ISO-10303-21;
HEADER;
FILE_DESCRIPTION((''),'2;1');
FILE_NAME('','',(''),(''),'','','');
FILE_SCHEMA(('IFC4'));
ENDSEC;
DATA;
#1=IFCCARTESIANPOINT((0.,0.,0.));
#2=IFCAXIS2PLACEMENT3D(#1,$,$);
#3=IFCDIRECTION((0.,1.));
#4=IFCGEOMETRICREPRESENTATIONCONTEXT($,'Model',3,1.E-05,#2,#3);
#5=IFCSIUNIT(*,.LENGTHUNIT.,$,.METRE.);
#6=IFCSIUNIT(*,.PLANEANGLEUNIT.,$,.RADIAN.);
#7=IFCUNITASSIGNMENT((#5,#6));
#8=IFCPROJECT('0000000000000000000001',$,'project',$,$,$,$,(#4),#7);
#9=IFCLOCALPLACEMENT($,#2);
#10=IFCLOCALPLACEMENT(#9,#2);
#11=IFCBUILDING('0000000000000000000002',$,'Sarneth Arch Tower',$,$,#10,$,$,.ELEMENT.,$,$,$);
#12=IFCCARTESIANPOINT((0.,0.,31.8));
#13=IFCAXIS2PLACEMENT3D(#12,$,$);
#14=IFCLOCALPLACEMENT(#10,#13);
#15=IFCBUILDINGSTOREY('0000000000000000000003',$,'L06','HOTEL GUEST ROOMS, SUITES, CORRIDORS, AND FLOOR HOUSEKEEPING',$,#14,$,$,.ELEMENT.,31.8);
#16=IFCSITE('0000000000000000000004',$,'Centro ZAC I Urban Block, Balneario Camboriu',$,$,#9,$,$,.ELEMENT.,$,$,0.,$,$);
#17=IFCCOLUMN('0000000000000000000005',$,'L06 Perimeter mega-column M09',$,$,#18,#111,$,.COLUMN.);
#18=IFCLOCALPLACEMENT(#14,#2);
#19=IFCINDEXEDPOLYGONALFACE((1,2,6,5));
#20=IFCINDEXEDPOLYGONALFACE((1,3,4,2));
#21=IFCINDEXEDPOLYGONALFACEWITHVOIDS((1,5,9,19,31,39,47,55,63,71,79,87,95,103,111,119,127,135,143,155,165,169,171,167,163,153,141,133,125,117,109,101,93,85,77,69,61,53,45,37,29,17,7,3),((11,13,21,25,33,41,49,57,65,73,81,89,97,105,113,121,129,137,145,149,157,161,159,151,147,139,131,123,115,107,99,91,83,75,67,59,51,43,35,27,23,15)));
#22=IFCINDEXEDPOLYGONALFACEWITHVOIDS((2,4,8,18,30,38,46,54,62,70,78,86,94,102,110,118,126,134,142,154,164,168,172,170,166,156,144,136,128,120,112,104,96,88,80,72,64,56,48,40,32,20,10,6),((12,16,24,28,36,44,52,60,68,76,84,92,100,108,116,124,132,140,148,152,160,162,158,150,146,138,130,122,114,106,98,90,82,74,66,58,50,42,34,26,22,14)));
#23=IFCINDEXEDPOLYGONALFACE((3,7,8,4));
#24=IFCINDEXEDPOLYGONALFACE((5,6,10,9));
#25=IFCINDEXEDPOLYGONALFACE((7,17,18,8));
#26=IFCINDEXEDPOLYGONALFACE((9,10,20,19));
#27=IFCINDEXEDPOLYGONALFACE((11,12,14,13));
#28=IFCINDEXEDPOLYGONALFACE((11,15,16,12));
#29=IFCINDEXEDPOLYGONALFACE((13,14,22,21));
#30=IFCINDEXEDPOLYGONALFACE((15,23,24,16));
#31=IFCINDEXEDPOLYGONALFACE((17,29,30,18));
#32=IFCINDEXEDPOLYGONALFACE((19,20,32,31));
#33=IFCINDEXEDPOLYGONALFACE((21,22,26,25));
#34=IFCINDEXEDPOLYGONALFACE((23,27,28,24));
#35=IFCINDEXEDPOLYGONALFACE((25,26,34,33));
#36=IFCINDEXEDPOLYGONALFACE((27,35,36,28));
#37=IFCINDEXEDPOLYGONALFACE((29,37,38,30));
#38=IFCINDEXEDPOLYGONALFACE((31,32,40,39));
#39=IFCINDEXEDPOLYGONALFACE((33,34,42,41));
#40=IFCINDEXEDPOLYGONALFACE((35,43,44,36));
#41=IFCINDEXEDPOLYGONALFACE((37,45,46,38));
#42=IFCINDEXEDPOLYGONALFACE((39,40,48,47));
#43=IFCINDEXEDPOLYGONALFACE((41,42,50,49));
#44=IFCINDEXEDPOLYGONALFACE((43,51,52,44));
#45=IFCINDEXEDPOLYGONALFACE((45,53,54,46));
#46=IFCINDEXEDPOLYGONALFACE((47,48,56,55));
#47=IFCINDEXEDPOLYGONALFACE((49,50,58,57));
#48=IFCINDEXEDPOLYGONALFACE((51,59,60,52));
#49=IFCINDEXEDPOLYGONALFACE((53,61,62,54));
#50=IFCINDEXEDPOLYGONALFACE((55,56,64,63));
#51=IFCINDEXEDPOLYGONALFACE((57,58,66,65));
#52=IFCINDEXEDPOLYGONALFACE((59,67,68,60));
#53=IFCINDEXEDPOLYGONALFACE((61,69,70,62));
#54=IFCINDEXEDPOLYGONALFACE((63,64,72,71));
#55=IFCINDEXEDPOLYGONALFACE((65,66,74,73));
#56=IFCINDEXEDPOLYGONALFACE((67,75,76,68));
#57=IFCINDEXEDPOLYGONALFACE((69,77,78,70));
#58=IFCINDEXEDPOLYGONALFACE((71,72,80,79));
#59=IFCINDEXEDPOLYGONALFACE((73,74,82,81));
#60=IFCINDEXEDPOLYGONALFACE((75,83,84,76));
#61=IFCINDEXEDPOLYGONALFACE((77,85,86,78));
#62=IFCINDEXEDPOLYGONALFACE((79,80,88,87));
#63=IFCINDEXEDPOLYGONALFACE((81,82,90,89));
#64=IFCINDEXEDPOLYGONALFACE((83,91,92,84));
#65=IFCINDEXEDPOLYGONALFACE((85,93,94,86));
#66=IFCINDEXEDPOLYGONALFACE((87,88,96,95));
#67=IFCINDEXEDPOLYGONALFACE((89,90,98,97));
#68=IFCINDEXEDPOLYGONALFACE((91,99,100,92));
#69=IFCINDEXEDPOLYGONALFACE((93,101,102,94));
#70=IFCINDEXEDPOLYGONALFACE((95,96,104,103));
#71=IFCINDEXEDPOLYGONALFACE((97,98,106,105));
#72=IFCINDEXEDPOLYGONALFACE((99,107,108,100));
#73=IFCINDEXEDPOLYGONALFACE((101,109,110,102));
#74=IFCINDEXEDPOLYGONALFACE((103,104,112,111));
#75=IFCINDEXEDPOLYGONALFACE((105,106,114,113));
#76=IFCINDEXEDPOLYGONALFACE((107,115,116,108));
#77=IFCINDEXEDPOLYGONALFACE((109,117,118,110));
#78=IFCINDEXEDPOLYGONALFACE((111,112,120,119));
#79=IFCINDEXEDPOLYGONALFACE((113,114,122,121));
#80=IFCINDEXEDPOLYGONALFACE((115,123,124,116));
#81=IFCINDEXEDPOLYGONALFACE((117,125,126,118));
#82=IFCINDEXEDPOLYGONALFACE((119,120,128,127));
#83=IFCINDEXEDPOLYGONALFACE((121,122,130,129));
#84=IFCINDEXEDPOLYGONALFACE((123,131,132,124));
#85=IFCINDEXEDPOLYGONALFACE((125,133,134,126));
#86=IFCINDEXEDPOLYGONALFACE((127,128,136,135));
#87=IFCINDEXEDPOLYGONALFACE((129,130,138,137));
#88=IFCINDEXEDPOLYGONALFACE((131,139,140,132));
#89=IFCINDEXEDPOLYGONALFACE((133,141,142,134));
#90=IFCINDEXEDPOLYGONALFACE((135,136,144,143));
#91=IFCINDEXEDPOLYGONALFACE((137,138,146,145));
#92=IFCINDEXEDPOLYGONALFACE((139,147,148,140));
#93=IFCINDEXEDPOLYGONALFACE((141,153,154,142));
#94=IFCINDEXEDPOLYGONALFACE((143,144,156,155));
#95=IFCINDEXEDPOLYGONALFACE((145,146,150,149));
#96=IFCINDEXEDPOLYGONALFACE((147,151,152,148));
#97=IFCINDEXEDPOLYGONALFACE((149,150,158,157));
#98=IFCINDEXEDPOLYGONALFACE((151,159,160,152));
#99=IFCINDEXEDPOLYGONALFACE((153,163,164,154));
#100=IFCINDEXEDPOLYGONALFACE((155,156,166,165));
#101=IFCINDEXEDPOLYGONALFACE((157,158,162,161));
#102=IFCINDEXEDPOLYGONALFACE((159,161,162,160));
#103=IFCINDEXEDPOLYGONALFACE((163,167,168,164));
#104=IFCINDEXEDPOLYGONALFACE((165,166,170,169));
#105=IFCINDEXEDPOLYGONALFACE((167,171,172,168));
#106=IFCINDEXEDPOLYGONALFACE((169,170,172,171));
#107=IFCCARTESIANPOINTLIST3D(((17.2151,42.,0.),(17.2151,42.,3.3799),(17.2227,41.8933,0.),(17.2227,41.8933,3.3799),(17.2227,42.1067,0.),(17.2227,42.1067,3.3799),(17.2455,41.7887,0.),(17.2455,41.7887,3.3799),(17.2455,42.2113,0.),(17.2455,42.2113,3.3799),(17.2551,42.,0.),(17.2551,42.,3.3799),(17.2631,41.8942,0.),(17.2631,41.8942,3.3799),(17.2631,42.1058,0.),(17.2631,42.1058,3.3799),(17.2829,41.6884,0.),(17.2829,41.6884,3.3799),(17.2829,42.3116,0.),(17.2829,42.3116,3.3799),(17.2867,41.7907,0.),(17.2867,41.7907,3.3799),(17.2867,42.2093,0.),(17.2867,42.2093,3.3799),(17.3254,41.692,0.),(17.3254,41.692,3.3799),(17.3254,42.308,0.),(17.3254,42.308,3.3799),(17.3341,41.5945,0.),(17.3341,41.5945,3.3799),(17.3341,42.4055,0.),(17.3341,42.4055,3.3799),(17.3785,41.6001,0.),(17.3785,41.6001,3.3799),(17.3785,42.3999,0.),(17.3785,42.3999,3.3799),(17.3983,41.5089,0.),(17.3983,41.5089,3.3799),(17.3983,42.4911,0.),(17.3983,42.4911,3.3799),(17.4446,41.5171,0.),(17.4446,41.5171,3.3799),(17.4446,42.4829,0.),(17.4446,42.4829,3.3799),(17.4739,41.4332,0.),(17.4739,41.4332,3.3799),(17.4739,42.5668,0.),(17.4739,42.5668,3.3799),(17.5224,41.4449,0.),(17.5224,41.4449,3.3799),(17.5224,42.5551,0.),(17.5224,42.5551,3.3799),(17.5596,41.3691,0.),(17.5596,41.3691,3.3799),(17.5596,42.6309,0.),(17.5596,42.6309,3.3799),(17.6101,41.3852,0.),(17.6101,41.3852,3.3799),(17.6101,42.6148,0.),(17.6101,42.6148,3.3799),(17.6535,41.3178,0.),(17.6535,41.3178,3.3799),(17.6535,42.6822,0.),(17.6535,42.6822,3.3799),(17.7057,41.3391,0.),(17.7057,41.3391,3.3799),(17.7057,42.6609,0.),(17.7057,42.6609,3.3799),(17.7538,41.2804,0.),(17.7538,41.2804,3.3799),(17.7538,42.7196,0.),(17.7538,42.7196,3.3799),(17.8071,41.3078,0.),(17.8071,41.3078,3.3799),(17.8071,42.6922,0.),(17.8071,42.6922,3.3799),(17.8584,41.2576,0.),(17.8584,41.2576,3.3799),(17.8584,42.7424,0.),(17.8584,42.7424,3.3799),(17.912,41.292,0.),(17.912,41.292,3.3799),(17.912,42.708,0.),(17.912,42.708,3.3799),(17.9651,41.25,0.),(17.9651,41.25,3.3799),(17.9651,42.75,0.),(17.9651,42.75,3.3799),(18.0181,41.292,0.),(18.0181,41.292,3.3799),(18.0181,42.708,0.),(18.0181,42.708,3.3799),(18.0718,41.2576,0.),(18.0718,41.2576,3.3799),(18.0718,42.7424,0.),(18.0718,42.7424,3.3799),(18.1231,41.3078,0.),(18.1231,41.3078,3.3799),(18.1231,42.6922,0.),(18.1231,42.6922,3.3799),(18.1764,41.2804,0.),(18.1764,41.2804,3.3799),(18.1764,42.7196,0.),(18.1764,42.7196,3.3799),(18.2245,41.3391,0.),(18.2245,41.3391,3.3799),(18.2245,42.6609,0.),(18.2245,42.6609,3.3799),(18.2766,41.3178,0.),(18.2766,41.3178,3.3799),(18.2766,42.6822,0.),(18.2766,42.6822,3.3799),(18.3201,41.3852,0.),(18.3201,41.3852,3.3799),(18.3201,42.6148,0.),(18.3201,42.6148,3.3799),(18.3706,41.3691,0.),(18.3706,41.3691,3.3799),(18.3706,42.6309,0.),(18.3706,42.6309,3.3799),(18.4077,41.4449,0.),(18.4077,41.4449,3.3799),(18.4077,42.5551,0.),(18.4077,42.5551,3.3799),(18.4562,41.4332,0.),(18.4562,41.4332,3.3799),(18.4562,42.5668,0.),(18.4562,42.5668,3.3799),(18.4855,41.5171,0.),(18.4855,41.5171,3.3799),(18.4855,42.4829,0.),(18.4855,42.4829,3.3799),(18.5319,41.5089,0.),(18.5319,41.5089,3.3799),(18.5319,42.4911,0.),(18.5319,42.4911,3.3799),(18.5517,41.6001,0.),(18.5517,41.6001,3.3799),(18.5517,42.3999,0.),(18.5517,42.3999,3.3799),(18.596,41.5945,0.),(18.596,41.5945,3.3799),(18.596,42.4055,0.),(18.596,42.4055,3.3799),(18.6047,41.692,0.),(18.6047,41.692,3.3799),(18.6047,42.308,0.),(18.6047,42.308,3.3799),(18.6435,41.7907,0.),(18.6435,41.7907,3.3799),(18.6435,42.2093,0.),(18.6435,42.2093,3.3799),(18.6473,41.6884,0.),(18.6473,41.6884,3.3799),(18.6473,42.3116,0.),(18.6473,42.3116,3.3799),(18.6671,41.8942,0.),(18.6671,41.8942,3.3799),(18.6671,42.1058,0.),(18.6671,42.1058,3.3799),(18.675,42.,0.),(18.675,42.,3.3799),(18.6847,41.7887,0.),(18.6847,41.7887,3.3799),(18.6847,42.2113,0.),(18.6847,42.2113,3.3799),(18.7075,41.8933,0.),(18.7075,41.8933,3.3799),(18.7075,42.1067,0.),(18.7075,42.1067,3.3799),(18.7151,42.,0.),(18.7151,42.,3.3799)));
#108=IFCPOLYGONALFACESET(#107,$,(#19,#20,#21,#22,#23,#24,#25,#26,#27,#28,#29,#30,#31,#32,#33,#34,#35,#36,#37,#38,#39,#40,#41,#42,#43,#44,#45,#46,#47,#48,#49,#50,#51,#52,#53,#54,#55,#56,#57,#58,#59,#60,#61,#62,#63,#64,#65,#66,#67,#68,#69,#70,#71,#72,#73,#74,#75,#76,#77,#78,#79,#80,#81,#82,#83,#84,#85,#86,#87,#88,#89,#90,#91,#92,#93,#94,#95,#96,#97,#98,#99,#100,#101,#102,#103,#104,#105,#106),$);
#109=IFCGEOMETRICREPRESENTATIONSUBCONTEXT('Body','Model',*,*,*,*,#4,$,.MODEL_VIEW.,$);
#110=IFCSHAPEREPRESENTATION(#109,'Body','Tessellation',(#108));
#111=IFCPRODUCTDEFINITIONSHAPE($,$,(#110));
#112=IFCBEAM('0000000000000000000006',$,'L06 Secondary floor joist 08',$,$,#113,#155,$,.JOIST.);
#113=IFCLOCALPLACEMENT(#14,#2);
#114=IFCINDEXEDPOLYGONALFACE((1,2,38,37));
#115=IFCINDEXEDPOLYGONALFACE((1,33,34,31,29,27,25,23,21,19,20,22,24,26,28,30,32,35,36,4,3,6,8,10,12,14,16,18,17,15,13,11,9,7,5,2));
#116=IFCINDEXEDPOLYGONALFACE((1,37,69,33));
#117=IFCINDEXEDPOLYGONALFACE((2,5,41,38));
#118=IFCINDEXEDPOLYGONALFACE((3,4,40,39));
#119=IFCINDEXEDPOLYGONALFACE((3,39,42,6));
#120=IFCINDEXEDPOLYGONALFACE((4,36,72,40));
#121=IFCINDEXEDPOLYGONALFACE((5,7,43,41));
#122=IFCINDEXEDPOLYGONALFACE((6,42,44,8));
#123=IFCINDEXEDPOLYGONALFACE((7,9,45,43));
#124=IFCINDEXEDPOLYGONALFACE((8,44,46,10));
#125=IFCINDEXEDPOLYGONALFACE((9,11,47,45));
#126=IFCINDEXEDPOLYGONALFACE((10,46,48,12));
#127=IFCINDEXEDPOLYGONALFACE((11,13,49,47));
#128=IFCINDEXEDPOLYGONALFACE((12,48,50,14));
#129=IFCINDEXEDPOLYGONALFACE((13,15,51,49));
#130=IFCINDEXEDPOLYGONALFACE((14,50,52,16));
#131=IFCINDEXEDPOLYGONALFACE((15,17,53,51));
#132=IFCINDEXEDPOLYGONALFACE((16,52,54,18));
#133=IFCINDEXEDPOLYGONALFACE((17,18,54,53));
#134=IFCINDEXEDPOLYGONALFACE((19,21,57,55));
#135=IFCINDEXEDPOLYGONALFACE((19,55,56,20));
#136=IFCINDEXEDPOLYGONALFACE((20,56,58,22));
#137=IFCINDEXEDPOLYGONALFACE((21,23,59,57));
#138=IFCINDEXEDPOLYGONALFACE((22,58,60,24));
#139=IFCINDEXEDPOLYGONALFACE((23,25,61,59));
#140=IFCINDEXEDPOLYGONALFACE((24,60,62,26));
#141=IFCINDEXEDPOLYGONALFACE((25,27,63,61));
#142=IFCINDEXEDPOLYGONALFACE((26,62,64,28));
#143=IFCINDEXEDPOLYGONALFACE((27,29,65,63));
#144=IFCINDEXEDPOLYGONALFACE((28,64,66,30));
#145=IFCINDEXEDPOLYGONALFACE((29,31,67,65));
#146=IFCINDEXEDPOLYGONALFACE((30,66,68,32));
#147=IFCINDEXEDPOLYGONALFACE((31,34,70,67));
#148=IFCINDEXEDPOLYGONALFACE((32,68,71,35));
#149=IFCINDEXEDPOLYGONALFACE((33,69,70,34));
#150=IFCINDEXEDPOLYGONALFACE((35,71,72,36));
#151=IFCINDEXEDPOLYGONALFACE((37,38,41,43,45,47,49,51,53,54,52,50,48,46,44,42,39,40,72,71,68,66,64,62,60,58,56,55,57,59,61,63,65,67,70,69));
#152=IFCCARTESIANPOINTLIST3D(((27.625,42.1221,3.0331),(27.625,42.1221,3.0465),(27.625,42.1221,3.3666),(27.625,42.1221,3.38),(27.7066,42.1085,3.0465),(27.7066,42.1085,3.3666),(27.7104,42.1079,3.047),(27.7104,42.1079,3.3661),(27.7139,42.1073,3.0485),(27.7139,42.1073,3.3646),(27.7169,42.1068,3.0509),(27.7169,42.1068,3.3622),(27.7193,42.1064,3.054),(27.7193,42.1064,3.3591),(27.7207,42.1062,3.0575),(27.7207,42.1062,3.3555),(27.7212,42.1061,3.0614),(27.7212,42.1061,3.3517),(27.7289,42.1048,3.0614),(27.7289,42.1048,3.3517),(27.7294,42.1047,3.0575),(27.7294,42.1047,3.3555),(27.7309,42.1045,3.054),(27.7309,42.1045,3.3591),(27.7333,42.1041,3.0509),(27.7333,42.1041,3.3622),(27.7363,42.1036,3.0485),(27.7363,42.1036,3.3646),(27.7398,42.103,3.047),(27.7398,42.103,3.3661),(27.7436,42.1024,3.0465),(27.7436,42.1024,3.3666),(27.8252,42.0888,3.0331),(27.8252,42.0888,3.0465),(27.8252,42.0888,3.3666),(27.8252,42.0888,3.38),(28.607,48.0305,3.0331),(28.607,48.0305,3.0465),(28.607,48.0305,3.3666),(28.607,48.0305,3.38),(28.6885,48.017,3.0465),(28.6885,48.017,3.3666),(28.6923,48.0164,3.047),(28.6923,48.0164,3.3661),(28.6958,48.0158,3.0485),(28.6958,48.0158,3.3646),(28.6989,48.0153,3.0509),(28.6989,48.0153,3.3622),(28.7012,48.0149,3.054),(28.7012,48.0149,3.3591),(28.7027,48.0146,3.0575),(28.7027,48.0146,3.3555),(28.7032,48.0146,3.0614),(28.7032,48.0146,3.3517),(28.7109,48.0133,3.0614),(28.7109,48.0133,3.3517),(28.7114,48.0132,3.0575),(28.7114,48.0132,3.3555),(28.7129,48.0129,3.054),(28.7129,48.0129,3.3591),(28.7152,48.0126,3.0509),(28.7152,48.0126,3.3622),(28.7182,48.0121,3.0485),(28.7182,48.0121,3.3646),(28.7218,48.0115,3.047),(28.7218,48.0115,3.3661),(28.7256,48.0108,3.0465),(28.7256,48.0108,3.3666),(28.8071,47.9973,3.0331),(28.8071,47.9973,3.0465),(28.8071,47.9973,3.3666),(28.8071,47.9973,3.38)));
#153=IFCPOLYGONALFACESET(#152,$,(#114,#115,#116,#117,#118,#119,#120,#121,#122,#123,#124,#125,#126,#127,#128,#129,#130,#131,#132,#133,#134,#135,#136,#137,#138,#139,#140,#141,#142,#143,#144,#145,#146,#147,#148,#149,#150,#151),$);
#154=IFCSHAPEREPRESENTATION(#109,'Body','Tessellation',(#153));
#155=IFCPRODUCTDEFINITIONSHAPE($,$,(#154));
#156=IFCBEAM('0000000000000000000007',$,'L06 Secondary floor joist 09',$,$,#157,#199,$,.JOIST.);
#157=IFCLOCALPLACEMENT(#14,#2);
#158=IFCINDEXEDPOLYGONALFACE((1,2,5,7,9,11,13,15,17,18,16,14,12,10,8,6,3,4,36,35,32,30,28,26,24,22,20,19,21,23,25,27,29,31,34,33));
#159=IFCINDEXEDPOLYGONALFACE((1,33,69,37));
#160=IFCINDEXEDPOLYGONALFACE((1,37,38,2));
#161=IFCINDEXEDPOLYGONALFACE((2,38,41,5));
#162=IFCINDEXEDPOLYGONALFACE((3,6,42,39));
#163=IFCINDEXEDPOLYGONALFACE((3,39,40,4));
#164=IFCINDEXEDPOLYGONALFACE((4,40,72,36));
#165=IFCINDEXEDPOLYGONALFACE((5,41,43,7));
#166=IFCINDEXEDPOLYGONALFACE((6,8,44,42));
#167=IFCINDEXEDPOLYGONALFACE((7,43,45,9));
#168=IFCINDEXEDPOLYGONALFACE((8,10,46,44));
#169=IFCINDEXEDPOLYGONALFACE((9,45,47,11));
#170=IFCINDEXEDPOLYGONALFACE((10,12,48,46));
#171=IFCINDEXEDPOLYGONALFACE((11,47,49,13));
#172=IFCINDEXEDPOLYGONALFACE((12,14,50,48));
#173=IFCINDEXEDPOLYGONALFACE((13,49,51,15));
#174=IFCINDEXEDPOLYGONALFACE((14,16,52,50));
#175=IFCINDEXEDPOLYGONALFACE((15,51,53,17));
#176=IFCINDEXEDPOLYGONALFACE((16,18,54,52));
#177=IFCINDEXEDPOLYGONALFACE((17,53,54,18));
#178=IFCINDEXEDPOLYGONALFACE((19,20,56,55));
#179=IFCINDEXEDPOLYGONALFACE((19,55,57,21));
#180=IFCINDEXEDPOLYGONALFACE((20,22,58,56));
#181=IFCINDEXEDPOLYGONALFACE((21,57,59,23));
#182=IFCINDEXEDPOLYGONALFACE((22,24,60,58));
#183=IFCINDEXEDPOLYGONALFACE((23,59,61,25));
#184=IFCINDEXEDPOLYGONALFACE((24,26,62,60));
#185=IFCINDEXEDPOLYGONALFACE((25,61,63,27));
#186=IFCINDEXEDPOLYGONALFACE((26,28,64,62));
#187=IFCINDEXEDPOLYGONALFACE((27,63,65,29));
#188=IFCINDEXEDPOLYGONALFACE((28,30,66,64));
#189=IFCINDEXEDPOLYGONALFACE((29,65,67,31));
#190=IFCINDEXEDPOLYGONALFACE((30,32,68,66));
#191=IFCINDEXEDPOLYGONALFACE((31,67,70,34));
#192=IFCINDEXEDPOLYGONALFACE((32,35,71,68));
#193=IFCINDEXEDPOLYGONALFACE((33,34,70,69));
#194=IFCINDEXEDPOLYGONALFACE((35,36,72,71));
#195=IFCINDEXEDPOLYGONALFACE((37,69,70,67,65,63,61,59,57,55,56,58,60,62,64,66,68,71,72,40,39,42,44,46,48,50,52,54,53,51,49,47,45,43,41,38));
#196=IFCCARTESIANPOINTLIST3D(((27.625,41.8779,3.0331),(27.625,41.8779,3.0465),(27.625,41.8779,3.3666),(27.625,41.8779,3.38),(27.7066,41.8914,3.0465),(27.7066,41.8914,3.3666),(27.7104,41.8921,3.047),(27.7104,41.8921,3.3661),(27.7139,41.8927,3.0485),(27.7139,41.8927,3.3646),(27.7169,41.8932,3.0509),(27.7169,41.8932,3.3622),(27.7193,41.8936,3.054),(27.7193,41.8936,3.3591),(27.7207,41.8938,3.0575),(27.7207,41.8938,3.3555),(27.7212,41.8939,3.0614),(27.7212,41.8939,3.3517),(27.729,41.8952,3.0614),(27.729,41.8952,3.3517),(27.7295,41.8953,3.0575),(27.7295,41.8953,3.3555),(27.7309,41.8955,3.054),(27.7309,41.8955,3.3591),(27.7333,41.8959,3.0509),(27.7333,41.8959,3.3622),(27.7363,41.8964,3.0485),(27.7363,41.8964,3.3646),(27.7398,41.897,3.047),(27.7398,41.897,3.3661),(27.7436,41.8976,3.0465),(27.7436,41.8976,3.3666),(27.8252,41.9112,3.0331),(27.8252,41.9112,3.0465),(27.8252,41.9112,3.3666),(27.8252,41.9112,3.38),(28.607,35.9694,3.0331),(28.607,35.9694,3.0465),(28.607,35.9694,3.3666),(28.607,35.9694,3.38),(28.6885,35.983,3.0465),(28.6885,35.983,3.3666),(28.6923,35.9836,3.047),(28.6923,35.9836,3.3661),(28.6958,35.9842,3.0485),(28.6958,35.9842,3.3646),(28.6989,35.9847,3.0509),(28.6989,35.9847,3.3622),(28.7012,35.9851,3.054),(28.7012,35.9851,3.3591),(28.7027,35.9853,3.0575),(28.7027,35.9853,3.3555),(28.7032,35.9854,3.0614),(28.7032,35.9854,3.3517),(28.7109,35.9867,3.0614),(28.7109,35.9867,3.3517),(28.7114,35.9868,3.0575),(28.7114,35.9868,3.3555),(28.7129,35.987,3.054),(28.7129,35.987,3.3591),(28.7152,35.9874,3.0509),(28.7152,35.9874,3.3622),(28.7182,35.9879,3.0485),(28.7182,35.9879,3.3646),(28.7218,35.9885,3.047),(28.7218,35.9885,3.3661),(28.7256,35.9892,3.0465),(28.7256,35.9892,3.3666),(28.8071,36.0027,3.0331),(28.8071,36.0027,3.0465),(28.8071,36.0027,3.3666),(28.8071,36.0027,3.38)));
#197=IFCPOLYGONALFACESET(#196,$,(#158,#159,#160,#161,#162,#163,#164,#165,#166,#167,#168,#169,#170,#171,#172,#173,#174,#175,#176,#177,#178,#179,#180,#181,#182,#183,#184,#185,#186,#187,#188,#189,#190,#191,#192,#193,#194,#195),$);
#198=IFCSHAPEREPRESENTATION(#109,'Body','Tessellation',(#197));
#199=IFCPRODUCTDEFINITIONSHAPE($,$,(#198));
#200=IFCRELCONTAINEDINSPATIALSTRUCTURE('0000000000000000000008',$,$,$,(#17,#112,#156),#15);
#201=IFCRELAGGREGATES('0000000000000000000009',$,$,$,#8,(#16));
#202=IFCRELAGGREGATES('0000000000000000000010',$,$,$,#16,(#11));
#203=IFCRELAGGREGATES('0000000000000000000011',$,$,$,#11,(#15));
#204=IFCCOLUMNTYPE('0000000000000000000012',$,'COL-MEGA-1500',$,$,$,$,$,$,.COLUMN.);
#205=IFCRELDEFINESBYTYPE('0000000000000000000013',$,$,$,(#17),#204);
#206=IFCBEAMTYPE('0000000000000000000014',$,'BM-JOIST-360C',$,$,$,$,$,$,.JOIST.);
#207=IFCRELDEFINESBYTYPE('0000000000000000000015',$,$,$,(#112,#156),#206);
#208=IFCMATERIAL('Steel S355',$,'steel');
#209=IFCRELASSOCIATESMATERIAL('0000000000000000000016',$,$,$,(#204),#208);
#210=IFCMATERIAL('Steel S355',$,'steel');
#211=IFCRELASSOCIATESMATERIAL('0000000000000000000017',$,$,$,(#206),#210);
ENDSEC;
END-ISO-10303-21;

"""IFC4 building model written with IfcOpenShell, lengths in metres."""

from ifc_helpers import new_model, si_unit, direction, frame, origin, origin_2d, place, context, subcontext, project, spatial, hollow_circle, i_section, extrude, material, material_profile, profile_set, type_object, element, save


model = new_model("IFC4")

# Units and contexts
model_context = context("Model", 3, precision=1e-05, world=origin(), true_north=direction((0.0, 1.0)))
body_context = subcontext(model_context, "Body", "Model", "MODEL_VIEW")
ifc_project = project(units=[si_unit("LENGTHUNIT", "METRE"), si_unit("PLANEANGLEUNIT", "RADIAN")], contexts=[model_context])

# Site, building, storey
site_placement = place(None, origin())
site = spatial("IfcSite", under=ifc_project, at=site_placement, Name="Centro ZAC I Urban Block, Balneario Camboriu", CompositionType="ELEMENT", RefElevation=0.0)
building_placement = place(site_placement, origin())
building = spatial("IfcBuilding", under=site, at=building_placement, Name="Sarneth Arch Tower", CompositionType="ELEMENT")
storey_placement = place(building_placement, frame((0.0, 0.0, 31.8)))
storey = spatial("IfcBuildingStorey", under=building, at=storey_placement, Name="L06", Description="HOTEL GUEST ROOMS, SUITES, CORRIDORS, AND FLOOR HOUSEKEEPING", CompositionType="ELEMENT", Elevation=31.8)

# Column
ifc_material_1 = material(Name="Steel S355", Category="steel")
ifc_material_profile_1 = material_profile(ifc_material_1, hollow_circle(Radius=0.75, WallThickness=0.04, at=origin_2d()), Name="CHS1500x40")
ifc_profile_set_1 = profile_set([ifc_material_profile_1], Name="Steel S355")
column_type = type_object("IfcColumnType", Name="COL-MEGA-1500", PredefinedType="COLUMN", material=ifc_profile_set_1)
for number, where, z_axis, x_axis, name in (
    (1, (17.9651, 42.0, 0.0), (0.0, 0.0, 1.0), (1.0, 0.0, 0.0), "L06 Perimeter mega-column M09"),
):
    element("IfcColumn", number, at=place(storey_placement, frame(where, z_axis=z_axis, x_axis=x_axis)), inside=storey, type_object=column_type, Name=name, PredefinedType="COLUMN", context=body_context, shape_type="SweptSolid", body=[
        extrude(hollow_circle(Radius=0.75, WallThickness=0.04, at=origin_2d()), origin(), (0.0, 0.0, 1.0), 3.3799),
    ])

# Beams
ifc_material_2 = material(Name="Steel S355", Category="steel")
ifc_material_profile_2 = material_profile(ifc_material_2, i_section(OverallWidth=0.2029, OverallDepth=0.3469, WebThickness=0.0078, FlangeThickness=0.0134, FilletRadius=0.0149, at=origin_2d()), Name="W360x64")
ifc_profile_set_2 = profile_set([ifc_material_profile_2], Name="Steel S355")
beam_type_1 = type_object("IfcBeamType", Name="BM-JOIST-360C", PredefinedType="JOIST", material=ifc_profile_set_2)
for number, where, z_axis, x_axis, name in (
    (2, (28.707, 48.0139, 3.2065), (-0.163943, -0.98647, 0.0), (0.98647, -0.163943, 0.0), "L06 Secondary floor joist 08"),
    (3, (27.7251, 41.8945, 3.2065), (0.163943, -0.98647, 0.0), (0.98647, 0.163943, 0.0), "L06 Secondary floor joist 09"),
):
    element("IfcBeam", number, at=place(storey_placement, frame(where, z_axis=z_axis, x_axis=x_axis)), inside=storey, type_object=beam_type_1, Name=name, PredefinedType="JOIST", context=body_context, shape_type="SweptSolid", body=[
        extrude(i_section(OverallWidth=0.2029, OverallDepth=0.3469, WebThickness=0.0078, FlangeThickness=0.0134, FilletRadius=0.0149, at=origin_2d()), origin(), (0.0, 0.0, 1.0), 5.9895),
    ])

save(model, "model.ifc")
